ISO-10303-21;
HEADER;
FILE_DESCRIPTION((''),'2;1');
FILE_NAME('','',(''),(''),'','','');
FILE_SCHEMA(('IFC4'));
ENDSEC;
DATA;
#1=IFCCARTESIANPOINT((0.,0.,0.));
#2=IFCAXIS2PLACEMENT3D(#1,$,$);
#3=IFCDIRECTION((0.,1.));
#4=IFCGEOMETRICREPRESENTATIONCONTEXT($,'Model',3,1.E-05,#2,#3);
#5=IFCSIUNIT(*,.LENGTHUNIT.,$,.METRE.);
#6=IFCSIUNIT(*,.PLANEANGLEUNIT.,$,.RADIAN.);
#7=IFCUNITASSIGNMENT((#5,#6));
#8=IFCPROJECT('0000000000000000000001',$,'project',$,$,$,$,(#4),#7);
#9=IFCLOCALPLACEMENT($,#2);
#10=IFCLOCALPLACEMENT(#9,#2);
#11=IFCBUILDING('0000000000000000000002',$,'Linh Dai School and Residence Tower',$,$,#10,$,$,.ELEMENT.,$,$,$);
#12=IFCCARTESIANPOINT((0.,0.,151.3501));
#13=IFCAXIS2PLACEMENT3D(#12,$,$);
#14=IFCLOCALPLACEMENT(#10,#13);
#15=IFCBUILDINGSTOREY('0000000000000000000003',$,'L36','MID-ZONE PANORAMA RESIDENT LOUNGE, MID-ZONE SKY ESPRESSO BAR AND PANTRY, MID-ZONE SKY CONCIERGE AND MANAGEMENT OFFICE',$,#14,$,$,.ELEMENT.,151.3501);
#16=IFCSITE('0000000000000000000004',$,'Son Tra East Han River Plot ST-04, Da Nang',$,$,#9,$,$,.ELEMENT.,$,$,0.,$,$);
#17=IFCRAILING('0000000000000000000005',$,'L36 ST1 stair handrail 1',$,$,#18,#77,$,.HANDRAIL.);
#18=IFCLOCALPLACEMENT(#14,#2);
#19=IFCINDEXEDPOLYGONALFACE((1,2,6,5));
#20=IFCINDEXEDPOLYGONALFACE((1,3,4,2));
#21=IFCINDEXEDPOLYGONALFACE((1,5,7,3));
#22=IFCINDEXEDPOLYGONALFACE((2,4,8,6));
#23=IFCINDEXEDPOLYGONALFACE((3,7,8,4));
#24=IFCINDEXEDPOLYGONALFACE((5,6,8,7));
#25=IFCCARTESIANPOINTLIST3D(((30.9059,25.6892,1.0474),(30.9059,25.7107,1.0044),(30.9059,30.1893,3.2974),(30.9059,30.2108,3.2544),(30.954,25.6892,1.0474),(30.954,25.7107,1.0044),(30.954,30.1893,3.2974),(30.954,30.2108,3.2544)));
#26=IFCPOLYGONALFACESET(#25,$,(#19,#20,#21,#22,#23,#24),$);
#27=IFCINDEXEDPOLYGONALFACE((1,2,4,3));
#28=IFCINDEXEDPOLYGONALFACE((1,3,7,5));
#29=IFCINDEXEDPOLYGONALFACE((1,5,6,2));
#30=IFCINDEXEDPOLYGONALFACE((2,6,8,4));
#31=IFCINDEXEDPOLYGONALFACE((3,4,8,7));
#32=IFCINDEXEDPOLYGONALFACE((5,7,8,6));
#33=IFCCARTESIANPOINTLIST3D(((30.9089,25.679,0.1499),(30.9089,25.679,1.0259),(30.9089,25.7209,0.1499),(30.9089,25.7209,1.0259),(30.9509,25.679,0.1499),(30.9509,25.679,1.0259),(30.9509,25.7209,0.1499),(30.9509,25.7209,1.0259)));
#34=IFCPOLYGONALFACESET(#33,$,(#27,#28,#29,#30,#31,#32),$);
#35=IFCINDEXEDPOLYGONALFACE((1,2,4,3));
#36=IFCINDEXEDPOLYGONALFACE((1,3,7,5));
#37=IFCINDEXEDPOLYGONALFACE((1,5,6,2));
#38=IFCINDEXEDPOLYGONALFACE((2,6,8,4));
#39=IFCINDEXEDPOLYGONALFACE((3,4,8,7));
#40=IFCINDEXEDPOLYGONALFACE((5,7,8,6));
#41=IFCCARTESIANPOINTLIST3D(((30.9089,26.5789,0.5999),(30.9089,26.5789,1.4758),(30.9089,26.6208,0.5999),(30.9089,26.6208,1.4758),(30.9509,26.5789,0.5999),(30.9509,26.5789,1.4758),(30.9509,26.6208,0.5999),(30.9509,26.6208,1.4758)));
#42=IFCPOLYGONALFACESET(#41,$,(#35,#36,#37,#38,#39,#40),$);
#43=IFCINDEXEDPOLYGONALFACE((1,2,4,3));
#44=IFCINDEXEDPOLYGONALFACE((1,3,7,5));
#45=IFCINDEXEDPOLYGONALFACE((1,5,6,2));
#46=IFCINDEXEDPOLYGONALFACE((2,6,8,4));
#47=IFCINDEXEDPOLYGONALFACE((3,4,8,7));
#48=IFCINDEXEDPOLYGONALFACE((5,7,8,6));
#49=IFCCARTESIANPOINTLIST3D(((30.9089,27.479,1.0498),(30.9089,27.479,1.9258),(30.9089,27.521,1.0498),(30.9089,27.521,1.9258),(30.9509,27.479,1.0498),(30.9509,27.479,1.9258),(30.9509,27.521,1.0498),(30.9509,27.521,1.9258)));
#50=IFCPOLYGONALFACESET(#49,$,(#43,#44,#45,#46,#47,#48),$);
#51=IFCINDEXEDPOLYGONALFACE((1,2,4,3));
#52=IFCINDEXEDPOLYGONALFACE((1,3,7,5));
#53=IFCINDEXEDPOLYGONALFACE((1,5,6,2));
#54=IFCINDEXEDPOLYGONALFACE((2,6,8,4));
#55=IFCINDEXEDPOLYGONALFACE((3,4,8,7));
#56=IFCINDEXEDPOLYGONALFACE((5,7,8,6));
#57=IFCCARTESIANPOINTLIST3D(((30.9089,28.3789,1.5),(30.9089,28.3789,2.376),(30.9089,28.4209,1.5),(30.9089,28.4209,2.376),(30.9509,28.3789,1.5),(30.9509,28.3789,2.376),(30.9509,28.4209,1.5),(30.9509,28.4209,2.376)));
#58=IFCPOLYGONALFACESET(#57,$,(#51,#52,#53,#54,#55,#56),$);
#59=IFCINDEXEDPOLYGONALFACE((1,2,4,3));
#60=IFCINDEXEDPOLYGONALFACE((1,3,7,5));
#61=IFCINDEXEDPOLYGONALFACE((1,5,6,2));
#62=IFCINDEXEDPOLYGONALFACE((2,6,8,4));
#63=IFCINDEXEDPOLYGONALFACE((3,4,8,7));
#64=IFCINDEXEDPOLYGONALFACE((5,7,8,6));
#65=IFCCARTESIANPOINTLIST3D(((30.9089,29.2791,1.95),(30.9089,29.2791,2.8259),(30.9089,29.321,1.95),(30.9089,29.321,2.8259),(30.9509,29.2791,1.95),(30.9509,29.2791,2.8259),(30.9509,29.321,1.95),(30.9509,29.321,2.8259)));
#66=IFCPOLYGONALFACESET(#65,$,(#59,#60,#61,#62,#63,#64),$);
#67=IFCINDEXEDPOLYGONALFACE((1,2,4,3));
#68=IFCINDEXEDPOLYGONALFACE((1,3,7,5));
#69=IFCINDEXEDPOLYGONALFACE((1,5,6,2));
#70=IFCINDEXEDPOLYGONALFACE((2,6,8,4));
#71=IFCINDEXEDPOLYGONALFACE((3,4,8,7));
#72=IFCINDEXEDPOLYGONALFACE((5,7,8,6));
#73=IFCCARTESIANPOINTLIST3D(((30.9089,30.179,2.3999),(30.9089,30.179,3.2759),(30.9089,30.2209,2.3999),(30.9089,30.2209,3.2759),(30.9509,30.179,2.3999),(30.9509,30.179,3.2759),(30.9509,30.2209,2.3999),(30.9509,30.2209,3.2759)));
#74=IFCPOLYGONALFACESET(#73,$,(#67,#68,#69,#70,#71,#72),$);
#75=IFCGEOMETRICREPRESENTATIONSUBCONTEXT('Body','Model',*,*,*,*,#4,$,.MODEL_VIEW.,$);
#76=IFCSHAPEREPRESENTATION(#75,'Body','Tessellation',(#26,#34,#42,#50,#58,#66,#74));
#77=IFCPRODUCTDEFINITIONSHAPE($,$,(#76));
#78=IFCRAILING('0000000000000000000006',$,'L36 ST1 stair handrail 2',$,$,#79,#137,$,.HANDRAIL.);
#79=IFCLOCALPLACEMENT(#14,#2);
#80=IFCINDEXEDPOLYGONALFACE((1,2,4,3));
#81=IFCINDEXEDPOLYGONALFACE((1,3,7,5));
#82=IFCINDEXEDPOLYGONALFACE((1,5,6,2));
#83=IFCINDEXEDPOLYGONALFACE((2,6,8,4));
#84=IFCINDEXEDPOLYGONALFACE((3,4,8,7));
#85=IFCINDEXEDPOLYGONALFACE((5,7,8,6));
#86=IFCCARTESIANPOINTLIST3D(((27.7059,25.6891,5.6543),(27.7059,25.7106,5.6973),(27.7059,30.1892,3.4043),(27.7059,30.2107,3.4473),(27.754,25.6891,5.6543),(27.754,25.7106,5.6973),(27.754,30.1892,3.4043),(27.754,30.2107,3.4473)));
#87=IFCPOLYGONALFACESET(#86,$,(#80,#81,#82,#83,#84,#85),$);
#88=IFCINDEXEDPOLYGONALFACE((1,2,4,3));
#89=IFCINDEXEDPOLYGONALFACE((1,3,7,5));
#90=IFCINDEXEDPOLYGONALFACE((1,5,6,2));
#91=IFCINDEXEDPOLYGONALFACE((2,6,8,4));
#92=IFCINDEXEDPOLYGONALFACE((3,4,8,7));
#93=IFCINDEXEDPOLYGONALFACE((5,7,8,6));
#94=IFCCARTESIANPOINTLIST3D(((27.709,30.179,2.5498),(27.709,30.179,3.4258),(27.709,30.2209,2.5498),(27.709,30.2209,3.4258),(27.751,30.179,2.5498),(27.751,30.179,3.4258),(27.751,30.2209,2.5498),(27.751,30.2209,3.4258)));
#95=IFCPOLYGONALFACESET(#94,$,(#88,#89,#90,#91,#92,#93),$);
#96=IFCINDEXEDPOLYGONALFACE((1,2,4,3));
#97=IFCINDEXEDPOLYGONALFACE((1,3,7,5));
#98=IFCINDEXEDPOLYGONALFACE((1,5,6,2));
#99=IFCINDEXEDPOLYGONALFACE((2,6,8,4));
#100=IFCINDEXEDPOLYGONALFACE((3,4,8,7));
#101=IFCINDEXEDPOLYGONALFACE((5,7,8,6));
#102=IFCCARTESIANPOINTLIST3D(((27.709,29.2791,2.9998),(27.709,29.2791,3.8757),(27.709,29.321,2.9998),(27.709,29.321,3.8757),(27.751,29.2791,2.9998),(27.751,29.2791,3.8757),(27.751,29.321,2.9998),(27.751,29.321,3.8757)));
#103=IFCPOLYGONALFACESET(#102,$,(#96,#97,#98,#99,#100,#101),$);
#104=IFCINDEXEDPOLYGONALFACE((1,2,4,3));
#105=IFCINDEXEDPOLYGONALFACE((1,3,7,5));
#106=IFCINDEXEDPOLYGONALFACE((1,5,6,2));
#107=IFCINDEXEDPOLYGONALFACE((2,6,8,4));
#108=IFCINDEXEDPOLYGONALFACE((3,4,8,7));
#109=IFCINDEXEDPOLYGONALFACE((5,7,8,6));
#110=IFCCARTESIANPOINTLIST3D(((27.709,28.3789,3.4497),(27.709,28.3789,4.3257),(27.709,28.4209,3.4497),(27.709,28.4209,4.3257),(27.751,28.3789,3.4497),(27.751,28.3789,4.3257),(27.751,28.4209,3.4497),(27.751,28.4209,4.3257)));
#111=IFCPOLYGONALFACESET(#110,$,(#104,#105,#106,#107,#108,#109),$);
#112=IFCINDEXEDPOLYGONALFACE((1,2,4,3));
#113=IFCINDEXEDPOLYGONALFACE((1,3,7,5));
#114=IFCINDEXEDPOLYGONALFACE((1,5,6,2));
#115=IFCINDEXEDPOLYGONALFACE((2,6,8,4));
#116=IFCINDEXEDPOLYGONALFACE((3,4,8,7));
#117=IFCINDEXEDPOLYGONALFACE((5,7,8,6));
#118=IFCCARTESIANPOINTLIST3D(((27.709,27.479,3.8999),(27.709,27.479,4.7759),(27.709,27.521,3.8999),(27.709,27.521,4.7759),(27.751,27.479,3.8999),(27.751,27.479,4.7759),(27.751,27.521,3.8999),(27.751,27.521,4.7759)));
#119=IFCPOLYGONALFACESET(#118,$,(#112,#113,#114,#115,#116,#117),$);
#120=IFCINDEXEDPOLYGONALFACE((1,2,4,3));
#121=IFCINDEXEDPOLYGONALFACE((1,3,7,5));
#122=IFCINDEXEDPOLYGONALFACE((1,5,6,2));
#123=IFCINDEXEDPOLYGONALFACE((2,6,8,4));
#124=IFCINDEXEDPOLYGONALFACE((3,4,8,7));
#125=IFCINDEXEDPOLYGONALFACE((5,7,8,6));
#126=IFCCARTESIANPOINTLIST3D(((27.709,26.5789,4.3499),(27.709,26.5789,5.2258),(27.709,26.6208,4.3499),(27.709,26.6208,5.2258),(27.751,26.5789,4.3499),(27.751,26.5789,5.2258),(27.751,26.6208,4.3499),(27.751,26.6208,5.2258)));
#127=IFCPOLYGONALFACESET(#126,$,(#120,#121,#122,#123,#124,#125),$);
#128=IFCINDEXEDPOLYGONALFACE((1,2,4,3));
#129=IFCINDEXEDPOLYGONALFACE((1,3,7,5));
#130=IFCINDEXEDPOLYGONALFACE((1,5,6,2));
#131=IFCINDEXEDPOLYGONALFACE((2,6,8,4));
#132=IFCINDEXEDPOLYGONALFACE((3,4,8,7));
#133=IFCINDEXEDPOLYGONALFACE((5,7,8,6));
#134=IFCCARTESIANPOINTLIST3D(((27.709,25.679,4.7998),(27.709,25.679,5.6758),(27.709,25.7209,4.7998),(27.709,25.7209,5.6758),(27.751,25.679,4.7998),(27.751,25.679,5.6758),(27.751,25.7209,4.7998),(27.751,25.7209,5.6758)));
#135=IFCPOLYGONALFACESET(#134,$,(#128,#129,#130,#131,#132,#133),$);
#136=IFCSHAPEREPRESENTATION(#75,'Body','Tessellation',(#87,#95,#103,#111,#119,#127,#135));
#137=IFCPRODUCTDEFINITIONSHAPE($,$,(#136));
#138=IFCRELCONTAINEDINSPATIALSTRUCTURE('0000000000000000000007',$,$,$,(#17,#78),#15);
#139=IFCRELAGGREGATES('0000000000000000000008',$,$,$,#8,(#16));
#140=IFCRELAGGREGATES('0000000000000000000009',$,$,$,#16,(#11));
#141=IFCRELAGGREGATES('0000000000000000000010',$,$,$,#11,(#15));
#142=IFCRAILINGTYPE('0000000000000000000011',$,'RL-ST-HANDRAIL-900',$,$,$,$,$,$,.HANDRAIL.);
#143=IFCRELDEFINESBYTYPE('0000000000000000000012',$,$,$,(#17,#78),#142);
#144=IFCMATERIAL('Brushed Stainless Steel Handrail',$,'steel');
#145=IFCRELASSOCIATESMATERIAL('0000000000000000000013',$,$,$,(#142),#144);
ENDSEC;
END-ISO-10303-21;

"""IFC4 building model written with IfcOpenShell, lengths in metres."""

from ifc_helpers import new_model, si_unit, direction, frame, origin, origin_2d, place, context, subcontext, project, spatial, rectangle, extrude, source, transform, mapped, material, type_object, element, save


model = new_model("IFC4")

# Units and contexts
model_context = context("Model", 3, precision=1e-05, world=origin(), true_north=direction((0.0, 1.0)))
body_context = subcontext(model_context, "Body", "Model", "MODEL_VIEW")
ifc_project = project(units=[si_unit("LENGTHUNIT", "METRE"), si_unit("PLANEANGLEUNIT", "RADIAN")], contexts=[model_context])

# Site, building, storey
site_placement = place(None, origin())
site = spatial("IfcSite", under=ifc_project, at=site_placement, Name="Son Tra East Han River Plot ST-04, Da Nang", CompositionType="ELEMENT", RefElevation=0.0)
building_placement = place(site_placement, origin())
building = spatial("IfcBuilding", under=site, at=building_placement, Name="Linh Dai School and Residence Tower", CompositionType="ELEMENT")
storey_placement = place(building_placement, frame((0.0, 0.0, 151.3501)))
storey = spatial("IfcBuildingStorey", under=building, at=storey_placement, Name="L36", Description="MID-ZONE PANORAMA RESIDENT LOUNGE, MID-ZONE SKY ESPRESSO BAR AND PANTRY, MID-ZONE SKY CONCIERGE AND MANAGEMENT OFFICE", CompositionType="ELEMENT", Elevation=151.3501)

# Railings
ifc_material_1 = material(Name="Brushed Stainless Steel Handrail", Category="steel")
railing_type_1 = type_object("IfcRailingType", Name="RL-ST-HANDRAIL-900", PredefinedType="HANDRAIL", material=ifc_material_1)
shared_shape_1 = source(origin(), body_context, "Body", "SweptSolid", [
    extrude(rectangle(XDim=0.0481, YDim=0.0481, at=origin_2d()), frame((0.0, 0.0, 0.876), z_axis=(0.0, 0.894427, 0.447214), x_axis=(-1.0, 0.0, 0.0)), (0.0, 0.0, 1.0), 5.0312),
    extrude(rectangle(XDim=0.042, YDim=0.042, at=origin_2d()), origin(), (0.0, 0.0, 1.0), 0.876),
    extrude(rectangle(XDim=0.042, YDim=0.042, at=origin_2d()), frame((0.0, 0.8999, 0.45)), (0.0, 0.0, 1.0), 0.876),
    extrude(rectangle(XDim=0.042, YDim=0.042, at=origin_2d()), frame((0.0, 1.8, 0.8999)), (0.0, 0.0, 1.0), 0.876),
    extrude(rectangle(XDim=0.042, YDim=0.042, at=origin_2d()), frame((0.0, 2.7, 1.3501)), (0.0, 0.0, 1.0), 0.876),
    extrude(rectangle(XDim=0.042, YDim=0.042, at=origin_2d()), frame((0.0, 3.6001, 1.8)), (0.0, 0.0, 1.0), 0.876),
    extrude(rectangle(XDim=0.042, YDim=0.042, at=origin_2d()), frame((0.0, 4.5, 2.25)), (0.0, 0.0, 1.0), 0.876),
])
railing_1_placement = place(storey_placement, frame((30.9299, 25.7, 0.1499)))
element("IfcRailing", 1, at=railing_1_placement, inside=storey, type_object=railing_type_1, Name="L36 ST1 stair handrail 1", PredefinedType="HANDRAIL", context=body_context, shape_type="MappedRepresentation", body=[
    mapped(shared_shape_1, transform((0.0, 0.0, 0.0), x_axis=(1.0, 0.0, 0.0), y_axis=(0.0, 1.0, 0.0), z_axis=(0.0, 0.0, 1.0), scale=1.0)),
])
shared_shape_2 = source(origin(), body_context, "Body", "SweptSolid", [
    extrude(rectangle(XDim=0.0481, YDim=0.0481, at=origin_2d()), frame((0.0, 0.0, 0.876), z_axis=(0.0, -0.894427, 0.447214), x_axis=(1.0, 0.0, 0.0)), (0.0, 0.0, 1.0), 5.0312),
    extrude(rectangle(XDim=0.042, YDim=0.042, at=origin_2d()), origin(), (0.0, 0.0, 1.0), 0.876),
    extrude(rectangle(XDim=0.042, YDim=0.042, at=origin_2d()), frame((0.0, -0.8999, 0.45)), (0.0, 0.0, 1.0), 0.876),
    extrude(rectangle(XDim=0.042, YDim=0.042, at=origin_2d()), frame((0.0, -1.8, 0.8999)), (0.0, 0.0, 1.0), 0.876),
    extrude(rectangle(XDim=0.042, YDim=0.042, at=origin_2d()), frame((0.0, -2.7, 1.3501)), (0.0, 0.0, 1.0), 0.876),
    extrude(rectangle(XDim=0.042, YDim=0.042, at=origin_2d()), frame((0.0, -3.6001, 1.8)), (0.0, 0.0, 1.0), 0.876),
    extrude(rectangle(XDim=0.042, YDim=0.042, at=origin_2d()), frame((0.0, -4.5, 2.25)), (0.0, 0.0, 1.0), 0.876),
])
railing_2_placement = place(storey_placement, frame((27.73, 30.2, 2.5498)))
element("IfcRailing", 2, at=railing_2_placement, inside=storey, type_object=railing_type_1, Name="L36 ST1 stair handrail 2", PredefinedType="HANDRAIL", context=body_context, shape_type="MappedRepresentation", body=[
    mapped(shared_shape_2, transform((0.0, 0.0, 0.0), x_axis=(1.0, 0.0, 0.0), y_axis=(0.0, 1.0, 0.0), z_axis=(0.0, 0.0, 1.0), scale=1.0)),
])

save(model, "model.ifc")
